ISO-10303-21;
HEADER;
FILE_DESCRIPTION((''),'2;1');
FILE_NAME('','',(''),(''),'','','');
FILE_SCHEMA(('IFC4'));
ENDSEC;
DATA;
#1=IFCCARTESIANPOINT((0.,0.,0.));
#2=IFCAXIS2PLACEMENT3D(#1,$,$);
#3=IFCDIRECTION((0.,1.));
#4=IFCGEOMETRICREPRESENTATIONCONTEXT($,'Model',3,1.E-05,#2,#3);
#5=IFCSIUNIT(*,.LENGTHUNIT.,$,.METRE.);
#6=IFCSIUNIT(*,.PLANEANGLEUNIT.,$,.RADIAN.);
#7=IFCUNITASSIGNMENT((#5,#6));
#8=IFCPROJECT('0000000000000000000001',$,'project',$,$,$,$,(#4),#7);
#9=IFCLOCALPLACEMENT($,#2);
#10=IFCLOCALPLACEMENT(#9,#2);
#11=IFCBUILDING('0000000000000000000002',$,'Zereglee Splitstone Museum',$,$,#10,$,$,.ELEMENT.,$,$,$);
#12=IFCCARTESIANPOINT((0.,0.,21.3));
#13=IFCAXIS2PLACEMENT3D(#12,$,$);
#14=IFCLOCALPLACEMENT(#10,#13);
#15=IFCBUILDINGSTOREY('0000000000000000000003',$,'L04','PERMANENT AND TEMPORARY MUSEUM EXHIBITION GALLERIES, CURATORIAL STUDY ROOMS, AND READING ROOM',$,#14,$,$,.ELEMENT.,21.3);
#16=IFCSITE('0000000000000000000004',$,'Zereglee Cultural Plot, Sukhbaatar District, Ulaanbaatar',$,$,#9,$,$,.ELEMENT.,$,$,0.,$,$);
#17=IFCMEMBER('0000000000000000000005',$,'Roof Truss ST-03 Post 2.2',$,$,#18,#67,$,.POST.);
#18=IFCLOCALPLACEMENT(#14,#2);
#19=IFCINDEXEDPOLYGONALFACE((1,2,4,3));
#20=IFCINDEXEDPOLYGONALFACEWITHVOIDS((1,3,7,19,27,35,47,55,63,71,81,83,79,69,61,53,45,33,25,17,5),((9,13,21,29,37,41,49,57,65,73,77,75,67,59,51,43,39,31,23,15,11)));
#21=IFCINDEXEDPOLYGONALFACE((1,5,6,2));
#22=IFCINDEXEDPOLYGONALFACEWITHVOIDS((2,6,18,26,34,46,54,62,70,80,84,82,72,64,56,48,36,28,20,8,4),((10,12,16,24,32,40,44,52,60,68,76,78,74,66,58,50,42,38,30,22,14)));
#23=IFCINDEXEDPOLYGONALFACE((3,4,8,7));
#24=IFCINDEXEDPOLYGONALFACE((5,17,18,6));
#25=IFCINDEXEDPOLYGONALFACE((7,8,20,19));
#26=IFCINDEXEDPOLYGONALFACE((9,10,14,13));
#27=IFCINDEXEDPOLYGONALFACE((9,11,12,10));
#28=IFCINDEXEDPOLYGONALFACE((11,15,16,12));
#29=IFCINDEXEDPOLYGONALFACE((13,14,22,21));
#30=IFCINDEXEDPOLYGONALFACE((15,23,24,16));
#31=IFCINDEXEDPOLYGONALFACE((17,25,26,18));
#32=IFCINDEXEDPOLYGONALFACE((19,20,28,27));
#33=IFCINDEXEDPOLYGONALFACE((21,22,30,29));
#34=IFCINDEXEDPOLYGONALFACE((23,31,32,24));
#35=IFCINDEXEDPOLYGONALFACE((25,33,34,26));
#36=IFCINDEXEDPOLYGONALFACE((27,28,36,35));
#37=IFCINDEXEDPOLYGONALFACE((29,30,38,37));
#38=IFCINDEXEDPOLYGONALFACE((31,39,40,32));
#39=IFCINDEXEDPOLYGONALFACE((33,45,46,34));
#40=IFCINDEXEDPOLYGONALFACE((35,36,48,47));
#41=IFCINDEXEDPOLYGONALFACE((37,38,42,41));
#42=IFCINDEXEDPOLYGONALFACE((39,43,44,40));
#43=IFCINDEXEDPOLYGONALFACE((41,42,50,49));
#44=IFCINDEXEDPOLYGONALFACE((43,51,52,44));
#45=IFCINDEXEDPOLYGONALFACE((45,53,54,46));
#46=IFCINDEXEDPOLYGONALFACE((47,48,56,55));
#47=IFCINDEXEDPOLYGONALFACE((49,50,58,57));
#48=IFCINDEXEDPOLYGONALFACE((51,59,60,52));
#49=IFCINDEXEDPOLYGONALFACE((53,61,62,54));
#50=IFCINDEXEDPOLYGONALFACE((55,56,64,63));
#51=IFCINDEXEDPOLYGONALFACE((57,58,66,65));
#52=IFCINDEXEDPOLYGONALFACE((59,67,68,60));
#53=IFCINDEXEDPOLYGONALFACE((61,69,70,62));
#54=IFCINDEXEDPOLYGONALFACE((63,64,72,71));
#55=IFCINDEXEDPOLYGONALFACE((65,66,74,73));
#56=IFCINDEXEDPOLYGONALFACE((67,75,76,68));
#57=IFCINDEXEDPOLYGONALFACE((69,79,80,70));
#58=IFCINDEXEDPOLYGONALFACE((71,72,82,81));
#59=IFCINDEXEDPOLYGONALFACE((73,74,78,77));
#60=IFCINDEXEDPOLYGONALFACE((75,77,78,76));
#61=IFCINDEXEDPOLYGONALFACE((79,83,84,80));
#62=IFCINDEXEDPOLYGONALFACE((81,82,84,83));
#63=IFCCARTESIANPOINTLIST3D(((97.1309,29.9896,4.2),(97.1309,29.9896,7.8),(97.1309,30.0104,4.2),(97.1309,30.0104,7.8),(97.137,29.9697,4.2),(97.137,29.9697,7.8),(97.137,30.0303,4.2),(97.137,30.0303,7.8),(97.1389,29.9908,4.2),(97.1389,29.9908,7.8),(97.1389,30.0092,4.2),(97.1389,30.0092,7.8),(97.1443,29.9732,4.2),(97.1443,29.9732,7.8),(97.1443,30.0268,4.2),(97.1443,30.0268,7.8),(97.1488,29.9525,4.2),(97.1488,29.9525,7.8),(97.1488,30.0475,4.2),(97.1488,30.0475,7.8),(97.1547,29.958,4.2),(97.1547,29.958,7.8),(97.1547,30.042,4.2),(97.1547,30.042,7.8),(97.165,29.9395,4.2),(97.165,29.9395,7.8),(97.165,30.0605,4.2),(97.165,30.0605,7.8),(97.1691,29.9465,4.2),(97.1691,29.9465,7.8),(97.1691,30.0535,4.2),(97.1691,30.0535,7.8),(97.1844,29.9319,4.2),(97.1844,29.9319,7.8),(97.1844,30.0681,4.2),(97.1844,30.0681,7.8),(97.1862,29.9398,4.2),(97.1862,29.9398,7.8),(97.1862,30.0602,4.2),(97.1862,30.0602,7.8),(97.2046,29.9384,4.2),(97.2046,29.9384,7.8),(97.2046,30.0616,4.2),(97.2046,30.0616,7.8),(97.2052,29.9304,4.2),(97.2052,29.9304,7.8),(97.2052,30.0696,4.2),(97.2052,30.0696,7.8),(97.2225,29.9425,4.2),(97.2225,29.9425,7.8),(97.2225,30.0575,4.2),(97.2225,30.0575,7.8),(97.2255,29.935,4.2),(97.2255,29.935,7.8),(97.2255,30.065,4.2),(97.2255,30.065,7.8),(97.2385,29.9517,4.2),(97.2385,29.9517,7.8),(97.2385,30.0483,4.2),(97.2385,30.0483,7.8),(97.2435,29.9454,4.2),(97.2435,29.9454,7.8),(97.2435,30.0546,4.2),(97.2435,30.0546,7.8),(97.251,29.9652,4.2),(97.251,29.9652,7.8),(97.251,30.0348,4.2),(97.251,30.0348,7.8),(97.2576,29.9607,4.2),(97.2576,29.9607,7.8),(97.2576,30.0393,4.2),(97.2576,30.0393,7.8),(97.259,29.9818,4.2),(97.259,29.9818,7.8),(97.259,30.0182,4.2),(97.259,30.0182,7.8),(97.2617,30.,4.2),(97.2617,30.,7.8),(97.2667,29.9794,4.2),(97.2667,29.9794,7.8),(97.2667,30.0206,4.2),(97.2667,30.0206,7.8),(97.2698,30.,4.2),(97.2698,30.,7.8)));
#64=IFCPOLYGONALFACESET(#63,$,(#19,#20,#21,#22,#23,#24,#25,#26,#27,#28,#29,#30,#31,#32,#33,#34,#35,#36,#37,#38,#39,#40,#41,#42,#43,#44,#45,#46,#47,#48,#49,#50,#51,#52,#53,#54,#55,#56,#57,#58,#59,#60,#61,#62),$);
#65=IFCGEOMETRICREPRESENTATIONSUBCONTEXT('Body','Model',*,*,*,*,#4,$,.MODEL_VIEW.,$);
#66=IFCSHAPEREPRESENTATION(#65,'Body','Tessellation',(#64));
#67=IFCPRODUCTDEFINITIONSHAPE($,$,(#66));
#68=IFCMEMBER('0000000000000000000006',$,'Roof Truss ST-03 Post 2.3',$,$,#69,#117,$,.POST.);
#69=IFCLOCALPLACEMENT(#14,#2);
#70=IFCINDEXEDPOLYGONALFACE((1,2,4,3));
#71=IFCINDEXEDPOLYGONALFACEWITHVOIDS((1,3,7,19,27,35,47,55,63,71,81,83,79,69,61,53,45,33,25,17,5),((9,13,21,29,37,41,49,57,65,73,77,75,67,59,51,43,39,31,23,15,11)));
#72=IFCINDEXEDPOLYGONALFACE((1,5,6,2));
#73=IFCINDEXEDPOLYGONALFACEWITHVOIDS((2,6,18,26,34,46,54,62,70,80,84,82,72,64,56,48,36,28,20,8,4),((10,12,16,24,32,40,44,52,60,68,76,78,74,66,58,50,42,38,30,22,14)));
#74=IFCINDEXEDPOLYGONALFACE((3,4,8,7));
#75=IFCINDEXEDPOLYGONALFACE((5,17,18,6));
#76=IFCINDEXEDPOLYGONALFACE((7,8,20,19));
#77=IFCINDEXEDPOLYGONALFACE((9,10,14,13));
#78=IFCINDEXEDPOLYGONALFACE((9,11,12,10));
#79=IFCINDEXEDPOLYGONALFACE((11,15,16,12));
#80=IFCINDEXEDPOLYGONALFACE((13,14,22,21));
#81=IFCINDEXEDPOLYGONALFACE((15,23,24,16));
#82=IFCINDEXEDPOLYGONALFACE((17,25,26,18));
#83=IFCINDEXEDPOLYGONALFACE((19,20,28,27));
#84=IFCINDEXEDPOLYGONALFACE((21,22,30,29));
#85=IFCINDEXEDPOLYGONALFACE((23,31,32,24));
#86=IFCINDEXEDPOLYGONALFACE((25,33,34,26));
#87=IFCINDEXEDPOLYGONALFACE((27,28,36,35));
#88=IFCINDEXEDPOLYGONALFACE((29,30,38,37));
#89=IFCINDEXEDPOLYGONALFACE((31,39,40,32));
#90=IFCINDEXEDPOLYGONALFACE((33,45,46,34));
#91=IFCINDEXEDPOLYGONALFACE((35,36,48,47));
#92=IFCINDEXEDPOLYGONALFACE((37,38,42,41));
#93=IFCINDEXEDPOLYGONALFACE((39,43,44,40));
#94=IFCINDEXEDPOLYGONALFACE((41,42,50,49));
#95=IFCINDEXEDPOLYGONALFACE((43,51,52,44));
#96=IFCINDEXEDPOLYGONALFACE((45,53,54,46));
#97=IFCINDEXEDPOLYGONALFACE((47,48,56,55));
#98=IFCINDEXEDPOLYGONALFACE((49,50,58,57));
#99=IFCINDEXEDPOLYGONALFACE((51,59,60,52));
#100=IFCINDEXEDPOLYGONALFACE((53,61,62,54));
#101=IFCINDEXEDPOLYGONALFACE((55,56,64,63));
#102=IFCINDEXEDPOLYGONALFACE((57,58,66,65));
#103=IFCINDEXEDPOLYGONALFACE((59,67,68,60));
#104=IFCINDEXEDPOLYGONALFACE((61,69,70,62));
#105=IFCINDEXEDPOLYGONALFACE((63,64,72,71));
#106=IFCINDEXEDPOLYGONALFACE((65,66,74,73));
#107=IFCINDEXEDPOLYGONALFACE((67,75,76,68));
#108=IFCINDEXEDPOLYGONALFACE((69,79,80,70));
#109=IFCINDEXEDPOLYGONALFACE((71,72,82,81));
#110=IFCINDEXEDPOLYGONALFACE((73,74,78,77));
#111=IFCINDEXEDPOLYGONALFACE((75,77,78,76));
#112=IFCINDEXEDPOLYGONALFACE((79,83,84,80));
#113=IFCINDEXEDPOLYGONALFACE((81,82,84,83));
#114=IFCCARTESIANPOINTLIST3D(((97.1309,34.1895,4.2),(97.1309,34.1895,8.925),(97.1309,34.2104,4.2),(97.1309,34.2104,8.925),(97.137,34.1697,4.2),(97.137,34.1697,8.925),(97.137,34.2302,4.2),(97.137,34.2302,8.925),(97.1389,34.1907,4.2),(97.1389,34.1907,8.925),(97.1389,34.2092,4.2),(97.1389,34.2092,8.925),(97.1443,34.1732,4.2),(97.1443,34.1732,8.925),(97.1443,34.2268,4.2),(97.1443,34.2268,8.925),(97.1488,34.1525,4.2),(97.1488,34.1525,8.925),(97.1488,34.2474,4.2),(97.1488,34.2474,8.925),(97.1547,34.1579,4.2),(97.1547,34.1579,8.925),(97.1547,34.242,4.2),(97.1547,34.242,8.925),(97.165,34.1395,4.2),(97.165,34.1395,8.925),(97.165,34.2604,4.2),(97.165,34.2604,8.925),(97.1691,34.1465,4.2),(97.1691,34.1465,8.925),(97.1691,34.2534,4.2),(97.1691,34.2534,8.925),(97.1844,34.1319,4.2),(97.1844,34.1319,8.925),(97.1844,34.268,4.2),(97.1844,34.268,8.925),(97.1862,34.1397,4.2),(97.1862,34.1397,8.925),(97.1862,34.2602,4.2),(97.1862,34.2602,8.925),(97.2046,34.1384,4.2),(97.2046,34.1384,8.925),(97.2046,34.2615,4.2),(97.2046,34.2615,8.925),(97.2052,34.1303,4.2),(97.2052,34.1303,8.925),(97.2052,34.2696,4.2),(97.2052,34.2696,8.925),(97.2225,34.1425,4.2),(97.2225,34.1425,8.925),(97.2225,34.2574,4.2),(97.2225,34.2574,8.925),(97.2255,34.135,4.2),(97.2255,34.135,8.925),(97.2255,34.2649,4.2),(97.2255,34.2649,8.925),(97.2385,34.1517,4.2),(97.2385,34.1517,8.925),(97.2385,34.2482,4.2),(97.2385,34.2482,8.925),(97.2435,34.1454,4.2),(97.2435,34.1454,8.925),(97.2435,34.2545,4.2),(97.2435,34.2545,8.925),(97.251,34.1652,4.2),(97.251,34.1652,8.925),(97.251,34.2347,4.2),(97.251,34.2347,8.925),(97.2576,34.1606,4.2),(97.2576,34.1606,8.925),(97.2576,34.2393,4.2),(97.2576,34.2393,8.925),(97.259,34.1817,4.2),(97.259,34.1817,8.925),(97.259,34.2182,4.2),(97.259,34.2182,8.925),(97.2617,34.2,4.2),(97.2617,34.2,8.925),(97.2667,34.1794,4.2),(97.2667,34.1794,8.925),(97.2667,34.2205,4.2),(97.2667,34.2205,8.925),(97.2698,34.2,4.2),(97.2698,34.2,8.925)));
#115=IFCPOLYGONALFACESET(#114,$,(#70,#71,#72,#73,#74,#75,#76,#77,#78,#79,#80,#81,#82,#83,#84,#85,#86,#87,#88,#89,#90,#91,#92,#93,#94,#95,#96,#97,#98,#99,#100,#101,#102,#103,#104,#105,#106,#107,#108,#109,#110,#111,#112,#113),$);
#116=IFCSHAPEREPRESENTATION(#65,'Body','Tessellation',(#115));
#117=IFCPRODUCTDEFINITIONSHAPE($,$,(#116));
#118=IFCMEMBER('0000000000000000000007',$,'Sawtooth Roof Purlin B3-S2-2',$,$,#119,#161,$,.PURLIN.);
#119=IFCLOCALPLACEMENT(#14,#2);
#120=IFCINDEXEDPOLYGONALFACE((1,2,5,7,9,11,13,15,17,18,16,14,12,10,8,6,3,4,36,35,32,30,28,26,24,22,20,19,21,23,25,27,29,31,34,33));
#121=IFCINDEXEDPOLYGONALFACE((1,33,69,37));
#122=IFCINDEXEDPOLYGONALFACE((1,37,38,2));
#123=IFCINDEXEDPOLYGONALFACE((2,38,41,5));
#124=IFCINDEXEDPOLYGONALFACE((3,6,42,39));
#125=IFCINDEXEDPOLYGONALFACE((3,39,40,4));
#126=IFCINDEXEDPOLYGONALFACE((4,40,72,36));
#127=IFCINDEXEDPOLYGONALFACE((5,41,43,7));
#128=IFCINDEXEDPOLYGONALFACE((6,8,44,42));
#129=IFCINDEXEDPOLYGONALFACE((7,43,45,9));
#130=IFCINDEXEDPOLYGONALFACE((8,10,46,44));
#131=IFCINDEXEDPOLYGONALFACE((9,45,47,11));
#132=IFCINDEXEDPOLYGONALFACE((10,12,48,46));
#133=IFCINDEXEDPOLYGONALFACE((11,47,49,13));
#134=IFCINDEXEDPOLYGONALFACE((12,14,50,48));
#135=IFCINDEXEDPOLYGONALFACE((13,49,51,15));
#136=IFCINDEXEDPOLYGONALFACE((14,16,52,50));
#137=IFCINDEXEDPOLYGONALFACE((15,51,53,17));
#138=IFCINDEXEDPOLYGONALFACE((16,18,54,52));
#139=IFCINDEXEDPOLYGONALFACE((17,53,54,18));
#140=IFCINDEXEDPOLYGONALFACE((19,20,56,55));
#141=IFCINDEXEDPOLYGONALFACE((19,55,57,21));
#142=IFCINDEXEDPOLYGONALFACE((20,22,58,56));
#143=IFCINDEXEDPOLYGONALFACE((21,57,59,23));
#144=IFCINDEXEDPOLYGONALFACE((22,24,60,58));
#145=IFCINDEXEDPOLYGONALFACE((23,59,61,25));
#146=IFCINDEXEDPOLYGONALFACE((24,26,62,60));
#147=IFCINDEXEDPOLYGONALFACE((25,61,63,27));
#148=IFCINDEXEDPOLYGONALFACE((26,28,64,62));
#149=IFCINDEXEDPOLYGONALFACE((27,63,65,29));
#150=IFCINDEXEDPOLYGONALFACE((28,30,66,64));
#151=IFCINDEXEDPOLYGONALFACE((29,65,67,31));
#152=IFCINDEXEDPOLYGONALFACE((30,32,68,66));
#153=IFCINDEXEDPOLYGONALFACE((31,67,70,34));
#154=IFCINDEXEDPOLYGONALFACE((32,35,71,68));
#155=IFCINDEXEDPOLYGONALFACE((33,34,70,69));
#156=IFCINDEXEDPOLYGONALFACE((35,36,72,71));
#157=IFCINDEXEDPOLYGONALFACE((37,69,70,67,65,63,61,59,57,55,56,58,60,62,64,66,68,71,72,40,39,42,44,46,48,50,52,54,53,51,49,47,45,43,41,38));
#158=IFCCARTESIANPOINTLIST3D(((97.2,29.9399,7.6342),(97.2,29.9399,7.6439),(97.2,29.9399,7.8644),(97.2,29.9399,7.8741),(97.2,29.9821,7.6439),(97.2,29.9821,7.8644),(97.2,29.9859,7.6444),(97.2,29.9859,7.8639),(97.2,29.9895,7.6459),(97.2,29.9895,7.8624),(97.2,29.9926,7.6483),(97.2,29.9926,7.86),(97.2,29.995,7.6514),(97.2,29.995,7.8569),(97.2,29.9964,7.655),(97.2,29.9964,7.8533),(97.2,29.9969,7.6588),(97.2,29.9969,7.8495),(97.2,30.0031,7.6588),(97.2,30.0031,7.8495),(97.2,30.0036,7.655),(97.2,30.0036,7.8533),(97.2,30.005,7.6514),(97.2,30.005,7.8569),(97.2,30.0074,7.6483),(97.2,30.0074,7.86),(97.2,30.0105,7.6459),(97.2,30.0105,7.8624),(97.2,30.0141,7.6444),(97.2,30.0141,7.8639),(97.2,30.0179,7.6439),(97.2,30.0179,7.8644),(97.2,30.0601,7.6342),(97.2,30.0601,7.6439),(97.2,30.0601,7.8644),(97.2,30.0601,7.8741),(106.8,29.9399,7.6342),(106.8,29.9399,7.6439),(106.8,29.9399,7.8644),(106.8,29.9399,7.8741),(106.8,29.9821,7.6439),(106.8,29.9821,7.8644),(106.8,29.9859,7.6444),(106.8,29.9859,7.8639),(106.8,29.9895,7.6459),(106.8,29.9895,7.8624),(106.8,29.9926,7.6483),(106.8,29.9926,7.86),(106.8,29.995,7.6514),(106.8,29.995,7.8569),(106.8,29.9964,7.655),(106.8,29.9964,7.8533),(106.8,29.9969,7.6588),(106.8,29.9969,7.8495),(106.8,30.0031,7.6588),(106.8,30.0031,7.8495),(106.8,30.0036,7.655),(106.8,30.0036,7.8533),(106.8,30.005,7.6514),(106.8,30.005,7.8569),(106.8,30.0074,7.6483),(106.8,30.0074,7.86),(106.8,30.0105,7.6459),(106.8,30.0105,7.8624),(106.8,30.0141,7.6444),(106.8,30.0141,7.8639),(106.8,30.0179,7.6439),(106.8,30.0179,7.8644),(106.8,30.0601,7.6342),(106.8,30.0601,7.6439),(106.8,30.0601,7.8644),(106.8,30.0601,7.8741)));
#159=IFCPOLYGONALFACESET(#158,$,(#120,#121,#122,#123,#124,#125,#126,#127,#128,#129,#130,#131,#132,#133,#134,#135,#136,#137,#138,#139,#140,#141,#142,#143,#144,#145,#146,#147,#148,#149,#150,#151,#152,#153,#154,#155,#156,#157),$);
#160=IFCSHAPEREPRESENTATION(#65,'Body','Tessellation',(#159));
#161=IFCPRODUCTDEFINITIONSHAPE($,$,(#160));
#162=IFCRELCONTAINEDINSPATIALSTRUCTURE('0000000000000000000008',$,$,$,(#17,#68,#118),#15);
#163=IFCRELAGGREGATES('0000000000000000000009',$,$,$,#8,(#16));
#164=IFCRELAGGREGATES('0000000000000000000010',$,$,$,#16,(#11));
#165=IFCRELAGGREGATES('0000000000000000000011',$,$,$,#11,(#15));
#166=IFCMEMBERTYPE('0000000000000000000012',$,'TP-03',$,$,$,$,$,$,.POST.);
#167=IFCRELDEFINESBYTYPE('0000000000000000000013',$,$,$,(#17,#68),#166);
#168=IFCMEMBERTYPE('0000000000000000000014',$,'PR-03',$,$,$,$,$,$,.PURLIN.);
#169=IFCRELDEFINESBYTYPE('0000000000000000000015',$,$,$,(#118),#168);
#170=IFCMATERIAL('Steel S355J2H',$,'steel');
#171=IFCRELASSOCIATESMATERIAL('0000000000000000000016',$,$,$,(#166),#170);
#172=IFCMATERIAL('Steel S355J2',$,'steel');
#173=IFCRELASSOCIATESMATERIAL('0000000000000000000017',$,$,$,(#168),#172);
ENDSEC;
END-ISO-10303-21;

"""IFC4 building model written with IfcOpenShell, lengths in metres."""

from ifc_helpers import new_model, si_unit, direction, frame, origin, origin_2d, place, context, subcontext, project, spatial, hollow_circle, i_section, extrude, material, material_profile, profile_set, type_object, element, save


model = new_model("IFC4")

# Units and contexts
model_context = context("Model", 3, precision=1e-05, world=origin(), true_north=direction((0.0, 1.0)))
body_context = subcontext(model_context, "Body", "Model", "MODEL_VIEW")
ifc_project = project(units=[si_unit("LENGTHUNIT", "METRE"), si_unit("PLANEANGLEUNIT", "RADIAN")], contexts=[model_context])

# Site, building, storey
site_placement = place(None, origin())
site = spatial("IfcSite", under=ifc_project, at=site_placement, Name="Zereglee Cultural Plot, Sukhbaatar District, Ulaanbaatar", CompositionType="ELEMENT", RefElevation=0.0)
building_placement = place(site_placement, origin())
building = spatial("IfcBuilding", under=site, at=building_placement, Name="Zereglee Splitstone Museum", CompositionType="ELEMENT")
storey_placement = place(building_placement, frame((0.0, 0.0, 21.3)))
storey = spatial("IfcBuildingStorey", under=building, at=storey_placement, Name="L04", Description="PERMANENT AND TEMPORARY MUSEUM EXHIBITION GALLERIES, CURATORIAL STUDY ROOMS, AND READING ROOM", CompositionType="ELEMENT", Elevation=21.3)

# Shared definitions
ifc_material_1 = material(Name="Steel S355J2H", Category="steel")

# Shared definitions
ifc_material_2 = material(Name="Steel S355J2", Category="steel")

# Members
ifc_material_profile_1 = material_profile(ifc_material_1, hollow_circle(Radius=0.0698, WallThickness=0.0081, at=origin_2d()), Name="CHS 139.7x8")
ifc_profile_set_1 = profile_set([ifc_material_profile_1], Name="Steel S355J2H")
member_type_1 = type_object("IfcMemberType", Name="TP-03", PredefinedType="POST", material=ifc_profile_set_1)
member_1_placement = place(storey_placement, frame((97.2, 30.0, 4.2), z_axis=(0.0, 0.0, 1.0), x_axis=(1.0, 0.0, 0.0)))
element("IfcMember", 1, at=member_1_placement, inside=storey, type_object=member_type_1, Name="Roof Truss ST-03 Post 2.2", PredefinedType="POST", context=body_context, shape_type="SweptSolid", body=[
    extrude(hollow_circle(Radius=0.0698, WallThickness=0.0081, at=origin_2d()), origin(), (0.0, 0.0, 1.0), 3.6001),
])
member_2_placement = place(storey_placement, frame((97.2, 34.2, 4.2), z_axis=(0.0, 0.0, 1.0), x_axis=(1.0, 0.0, 0.0)))
element("IfcMember", 2, at=member_2_placement, inside=storey, type_object=member_type_1, Name="Roof Truss ST-03 Post 2.3", PredefinedType="POST", context=body_context, shape_type="SweptSolid", body=[
    extrude(hollow_circle(Radius=0.0698, WallThickness=0.0081, at=origin_2d()), origin(), (0.0, 0.0, 1.0), 4.7251),
])
ifc_material_profile_2 = material_profile(ifc_material_2, i_section(OverallWidth=0.1201, OverallDepth=0.24, WebThickness=0.0061, FlangeThickness=0.0098, FilletRadius=0.0149, at=origin_2d()), Name="IPE 240")
ifc_profile_set_2 = profile_set([ifc_material_profile_2], Name="Steel S355J2")
member_type_2 = type_object("IfcMemberType", Name="PR-03", PredefinedType="PURLIN", material=ifc_profile_set_2)
for number, where, z_axis, x_axis, name in (
    (3, (97.2, 30.0, 7.7542), (1.0, 0.0, 0.0), (0.0, 1.0, 0.0), "Sawtooth Roof Purlin B3-S2-2"),
):
    element("IfcMember", number, at=place(storey_placement, frame(where, z_axis=z_axis, x_axis=x_axis)), inside=storey, type_object=member_type_2, Name=name, PredefinedType="PURLIN", context=body_context, shape_type="SweptSolid", body=[
        extrude(i_section(OverallWidth=0.1201, OverallDepth=0.24, WebThickness=0.0061, FlangeThickness=0.0098, FilletRadius=0.0149, at=origin_2d()), origin(), (0.0, 0.0, 1.0), 9.6001),
    ])

save(model, "model.ifc")
